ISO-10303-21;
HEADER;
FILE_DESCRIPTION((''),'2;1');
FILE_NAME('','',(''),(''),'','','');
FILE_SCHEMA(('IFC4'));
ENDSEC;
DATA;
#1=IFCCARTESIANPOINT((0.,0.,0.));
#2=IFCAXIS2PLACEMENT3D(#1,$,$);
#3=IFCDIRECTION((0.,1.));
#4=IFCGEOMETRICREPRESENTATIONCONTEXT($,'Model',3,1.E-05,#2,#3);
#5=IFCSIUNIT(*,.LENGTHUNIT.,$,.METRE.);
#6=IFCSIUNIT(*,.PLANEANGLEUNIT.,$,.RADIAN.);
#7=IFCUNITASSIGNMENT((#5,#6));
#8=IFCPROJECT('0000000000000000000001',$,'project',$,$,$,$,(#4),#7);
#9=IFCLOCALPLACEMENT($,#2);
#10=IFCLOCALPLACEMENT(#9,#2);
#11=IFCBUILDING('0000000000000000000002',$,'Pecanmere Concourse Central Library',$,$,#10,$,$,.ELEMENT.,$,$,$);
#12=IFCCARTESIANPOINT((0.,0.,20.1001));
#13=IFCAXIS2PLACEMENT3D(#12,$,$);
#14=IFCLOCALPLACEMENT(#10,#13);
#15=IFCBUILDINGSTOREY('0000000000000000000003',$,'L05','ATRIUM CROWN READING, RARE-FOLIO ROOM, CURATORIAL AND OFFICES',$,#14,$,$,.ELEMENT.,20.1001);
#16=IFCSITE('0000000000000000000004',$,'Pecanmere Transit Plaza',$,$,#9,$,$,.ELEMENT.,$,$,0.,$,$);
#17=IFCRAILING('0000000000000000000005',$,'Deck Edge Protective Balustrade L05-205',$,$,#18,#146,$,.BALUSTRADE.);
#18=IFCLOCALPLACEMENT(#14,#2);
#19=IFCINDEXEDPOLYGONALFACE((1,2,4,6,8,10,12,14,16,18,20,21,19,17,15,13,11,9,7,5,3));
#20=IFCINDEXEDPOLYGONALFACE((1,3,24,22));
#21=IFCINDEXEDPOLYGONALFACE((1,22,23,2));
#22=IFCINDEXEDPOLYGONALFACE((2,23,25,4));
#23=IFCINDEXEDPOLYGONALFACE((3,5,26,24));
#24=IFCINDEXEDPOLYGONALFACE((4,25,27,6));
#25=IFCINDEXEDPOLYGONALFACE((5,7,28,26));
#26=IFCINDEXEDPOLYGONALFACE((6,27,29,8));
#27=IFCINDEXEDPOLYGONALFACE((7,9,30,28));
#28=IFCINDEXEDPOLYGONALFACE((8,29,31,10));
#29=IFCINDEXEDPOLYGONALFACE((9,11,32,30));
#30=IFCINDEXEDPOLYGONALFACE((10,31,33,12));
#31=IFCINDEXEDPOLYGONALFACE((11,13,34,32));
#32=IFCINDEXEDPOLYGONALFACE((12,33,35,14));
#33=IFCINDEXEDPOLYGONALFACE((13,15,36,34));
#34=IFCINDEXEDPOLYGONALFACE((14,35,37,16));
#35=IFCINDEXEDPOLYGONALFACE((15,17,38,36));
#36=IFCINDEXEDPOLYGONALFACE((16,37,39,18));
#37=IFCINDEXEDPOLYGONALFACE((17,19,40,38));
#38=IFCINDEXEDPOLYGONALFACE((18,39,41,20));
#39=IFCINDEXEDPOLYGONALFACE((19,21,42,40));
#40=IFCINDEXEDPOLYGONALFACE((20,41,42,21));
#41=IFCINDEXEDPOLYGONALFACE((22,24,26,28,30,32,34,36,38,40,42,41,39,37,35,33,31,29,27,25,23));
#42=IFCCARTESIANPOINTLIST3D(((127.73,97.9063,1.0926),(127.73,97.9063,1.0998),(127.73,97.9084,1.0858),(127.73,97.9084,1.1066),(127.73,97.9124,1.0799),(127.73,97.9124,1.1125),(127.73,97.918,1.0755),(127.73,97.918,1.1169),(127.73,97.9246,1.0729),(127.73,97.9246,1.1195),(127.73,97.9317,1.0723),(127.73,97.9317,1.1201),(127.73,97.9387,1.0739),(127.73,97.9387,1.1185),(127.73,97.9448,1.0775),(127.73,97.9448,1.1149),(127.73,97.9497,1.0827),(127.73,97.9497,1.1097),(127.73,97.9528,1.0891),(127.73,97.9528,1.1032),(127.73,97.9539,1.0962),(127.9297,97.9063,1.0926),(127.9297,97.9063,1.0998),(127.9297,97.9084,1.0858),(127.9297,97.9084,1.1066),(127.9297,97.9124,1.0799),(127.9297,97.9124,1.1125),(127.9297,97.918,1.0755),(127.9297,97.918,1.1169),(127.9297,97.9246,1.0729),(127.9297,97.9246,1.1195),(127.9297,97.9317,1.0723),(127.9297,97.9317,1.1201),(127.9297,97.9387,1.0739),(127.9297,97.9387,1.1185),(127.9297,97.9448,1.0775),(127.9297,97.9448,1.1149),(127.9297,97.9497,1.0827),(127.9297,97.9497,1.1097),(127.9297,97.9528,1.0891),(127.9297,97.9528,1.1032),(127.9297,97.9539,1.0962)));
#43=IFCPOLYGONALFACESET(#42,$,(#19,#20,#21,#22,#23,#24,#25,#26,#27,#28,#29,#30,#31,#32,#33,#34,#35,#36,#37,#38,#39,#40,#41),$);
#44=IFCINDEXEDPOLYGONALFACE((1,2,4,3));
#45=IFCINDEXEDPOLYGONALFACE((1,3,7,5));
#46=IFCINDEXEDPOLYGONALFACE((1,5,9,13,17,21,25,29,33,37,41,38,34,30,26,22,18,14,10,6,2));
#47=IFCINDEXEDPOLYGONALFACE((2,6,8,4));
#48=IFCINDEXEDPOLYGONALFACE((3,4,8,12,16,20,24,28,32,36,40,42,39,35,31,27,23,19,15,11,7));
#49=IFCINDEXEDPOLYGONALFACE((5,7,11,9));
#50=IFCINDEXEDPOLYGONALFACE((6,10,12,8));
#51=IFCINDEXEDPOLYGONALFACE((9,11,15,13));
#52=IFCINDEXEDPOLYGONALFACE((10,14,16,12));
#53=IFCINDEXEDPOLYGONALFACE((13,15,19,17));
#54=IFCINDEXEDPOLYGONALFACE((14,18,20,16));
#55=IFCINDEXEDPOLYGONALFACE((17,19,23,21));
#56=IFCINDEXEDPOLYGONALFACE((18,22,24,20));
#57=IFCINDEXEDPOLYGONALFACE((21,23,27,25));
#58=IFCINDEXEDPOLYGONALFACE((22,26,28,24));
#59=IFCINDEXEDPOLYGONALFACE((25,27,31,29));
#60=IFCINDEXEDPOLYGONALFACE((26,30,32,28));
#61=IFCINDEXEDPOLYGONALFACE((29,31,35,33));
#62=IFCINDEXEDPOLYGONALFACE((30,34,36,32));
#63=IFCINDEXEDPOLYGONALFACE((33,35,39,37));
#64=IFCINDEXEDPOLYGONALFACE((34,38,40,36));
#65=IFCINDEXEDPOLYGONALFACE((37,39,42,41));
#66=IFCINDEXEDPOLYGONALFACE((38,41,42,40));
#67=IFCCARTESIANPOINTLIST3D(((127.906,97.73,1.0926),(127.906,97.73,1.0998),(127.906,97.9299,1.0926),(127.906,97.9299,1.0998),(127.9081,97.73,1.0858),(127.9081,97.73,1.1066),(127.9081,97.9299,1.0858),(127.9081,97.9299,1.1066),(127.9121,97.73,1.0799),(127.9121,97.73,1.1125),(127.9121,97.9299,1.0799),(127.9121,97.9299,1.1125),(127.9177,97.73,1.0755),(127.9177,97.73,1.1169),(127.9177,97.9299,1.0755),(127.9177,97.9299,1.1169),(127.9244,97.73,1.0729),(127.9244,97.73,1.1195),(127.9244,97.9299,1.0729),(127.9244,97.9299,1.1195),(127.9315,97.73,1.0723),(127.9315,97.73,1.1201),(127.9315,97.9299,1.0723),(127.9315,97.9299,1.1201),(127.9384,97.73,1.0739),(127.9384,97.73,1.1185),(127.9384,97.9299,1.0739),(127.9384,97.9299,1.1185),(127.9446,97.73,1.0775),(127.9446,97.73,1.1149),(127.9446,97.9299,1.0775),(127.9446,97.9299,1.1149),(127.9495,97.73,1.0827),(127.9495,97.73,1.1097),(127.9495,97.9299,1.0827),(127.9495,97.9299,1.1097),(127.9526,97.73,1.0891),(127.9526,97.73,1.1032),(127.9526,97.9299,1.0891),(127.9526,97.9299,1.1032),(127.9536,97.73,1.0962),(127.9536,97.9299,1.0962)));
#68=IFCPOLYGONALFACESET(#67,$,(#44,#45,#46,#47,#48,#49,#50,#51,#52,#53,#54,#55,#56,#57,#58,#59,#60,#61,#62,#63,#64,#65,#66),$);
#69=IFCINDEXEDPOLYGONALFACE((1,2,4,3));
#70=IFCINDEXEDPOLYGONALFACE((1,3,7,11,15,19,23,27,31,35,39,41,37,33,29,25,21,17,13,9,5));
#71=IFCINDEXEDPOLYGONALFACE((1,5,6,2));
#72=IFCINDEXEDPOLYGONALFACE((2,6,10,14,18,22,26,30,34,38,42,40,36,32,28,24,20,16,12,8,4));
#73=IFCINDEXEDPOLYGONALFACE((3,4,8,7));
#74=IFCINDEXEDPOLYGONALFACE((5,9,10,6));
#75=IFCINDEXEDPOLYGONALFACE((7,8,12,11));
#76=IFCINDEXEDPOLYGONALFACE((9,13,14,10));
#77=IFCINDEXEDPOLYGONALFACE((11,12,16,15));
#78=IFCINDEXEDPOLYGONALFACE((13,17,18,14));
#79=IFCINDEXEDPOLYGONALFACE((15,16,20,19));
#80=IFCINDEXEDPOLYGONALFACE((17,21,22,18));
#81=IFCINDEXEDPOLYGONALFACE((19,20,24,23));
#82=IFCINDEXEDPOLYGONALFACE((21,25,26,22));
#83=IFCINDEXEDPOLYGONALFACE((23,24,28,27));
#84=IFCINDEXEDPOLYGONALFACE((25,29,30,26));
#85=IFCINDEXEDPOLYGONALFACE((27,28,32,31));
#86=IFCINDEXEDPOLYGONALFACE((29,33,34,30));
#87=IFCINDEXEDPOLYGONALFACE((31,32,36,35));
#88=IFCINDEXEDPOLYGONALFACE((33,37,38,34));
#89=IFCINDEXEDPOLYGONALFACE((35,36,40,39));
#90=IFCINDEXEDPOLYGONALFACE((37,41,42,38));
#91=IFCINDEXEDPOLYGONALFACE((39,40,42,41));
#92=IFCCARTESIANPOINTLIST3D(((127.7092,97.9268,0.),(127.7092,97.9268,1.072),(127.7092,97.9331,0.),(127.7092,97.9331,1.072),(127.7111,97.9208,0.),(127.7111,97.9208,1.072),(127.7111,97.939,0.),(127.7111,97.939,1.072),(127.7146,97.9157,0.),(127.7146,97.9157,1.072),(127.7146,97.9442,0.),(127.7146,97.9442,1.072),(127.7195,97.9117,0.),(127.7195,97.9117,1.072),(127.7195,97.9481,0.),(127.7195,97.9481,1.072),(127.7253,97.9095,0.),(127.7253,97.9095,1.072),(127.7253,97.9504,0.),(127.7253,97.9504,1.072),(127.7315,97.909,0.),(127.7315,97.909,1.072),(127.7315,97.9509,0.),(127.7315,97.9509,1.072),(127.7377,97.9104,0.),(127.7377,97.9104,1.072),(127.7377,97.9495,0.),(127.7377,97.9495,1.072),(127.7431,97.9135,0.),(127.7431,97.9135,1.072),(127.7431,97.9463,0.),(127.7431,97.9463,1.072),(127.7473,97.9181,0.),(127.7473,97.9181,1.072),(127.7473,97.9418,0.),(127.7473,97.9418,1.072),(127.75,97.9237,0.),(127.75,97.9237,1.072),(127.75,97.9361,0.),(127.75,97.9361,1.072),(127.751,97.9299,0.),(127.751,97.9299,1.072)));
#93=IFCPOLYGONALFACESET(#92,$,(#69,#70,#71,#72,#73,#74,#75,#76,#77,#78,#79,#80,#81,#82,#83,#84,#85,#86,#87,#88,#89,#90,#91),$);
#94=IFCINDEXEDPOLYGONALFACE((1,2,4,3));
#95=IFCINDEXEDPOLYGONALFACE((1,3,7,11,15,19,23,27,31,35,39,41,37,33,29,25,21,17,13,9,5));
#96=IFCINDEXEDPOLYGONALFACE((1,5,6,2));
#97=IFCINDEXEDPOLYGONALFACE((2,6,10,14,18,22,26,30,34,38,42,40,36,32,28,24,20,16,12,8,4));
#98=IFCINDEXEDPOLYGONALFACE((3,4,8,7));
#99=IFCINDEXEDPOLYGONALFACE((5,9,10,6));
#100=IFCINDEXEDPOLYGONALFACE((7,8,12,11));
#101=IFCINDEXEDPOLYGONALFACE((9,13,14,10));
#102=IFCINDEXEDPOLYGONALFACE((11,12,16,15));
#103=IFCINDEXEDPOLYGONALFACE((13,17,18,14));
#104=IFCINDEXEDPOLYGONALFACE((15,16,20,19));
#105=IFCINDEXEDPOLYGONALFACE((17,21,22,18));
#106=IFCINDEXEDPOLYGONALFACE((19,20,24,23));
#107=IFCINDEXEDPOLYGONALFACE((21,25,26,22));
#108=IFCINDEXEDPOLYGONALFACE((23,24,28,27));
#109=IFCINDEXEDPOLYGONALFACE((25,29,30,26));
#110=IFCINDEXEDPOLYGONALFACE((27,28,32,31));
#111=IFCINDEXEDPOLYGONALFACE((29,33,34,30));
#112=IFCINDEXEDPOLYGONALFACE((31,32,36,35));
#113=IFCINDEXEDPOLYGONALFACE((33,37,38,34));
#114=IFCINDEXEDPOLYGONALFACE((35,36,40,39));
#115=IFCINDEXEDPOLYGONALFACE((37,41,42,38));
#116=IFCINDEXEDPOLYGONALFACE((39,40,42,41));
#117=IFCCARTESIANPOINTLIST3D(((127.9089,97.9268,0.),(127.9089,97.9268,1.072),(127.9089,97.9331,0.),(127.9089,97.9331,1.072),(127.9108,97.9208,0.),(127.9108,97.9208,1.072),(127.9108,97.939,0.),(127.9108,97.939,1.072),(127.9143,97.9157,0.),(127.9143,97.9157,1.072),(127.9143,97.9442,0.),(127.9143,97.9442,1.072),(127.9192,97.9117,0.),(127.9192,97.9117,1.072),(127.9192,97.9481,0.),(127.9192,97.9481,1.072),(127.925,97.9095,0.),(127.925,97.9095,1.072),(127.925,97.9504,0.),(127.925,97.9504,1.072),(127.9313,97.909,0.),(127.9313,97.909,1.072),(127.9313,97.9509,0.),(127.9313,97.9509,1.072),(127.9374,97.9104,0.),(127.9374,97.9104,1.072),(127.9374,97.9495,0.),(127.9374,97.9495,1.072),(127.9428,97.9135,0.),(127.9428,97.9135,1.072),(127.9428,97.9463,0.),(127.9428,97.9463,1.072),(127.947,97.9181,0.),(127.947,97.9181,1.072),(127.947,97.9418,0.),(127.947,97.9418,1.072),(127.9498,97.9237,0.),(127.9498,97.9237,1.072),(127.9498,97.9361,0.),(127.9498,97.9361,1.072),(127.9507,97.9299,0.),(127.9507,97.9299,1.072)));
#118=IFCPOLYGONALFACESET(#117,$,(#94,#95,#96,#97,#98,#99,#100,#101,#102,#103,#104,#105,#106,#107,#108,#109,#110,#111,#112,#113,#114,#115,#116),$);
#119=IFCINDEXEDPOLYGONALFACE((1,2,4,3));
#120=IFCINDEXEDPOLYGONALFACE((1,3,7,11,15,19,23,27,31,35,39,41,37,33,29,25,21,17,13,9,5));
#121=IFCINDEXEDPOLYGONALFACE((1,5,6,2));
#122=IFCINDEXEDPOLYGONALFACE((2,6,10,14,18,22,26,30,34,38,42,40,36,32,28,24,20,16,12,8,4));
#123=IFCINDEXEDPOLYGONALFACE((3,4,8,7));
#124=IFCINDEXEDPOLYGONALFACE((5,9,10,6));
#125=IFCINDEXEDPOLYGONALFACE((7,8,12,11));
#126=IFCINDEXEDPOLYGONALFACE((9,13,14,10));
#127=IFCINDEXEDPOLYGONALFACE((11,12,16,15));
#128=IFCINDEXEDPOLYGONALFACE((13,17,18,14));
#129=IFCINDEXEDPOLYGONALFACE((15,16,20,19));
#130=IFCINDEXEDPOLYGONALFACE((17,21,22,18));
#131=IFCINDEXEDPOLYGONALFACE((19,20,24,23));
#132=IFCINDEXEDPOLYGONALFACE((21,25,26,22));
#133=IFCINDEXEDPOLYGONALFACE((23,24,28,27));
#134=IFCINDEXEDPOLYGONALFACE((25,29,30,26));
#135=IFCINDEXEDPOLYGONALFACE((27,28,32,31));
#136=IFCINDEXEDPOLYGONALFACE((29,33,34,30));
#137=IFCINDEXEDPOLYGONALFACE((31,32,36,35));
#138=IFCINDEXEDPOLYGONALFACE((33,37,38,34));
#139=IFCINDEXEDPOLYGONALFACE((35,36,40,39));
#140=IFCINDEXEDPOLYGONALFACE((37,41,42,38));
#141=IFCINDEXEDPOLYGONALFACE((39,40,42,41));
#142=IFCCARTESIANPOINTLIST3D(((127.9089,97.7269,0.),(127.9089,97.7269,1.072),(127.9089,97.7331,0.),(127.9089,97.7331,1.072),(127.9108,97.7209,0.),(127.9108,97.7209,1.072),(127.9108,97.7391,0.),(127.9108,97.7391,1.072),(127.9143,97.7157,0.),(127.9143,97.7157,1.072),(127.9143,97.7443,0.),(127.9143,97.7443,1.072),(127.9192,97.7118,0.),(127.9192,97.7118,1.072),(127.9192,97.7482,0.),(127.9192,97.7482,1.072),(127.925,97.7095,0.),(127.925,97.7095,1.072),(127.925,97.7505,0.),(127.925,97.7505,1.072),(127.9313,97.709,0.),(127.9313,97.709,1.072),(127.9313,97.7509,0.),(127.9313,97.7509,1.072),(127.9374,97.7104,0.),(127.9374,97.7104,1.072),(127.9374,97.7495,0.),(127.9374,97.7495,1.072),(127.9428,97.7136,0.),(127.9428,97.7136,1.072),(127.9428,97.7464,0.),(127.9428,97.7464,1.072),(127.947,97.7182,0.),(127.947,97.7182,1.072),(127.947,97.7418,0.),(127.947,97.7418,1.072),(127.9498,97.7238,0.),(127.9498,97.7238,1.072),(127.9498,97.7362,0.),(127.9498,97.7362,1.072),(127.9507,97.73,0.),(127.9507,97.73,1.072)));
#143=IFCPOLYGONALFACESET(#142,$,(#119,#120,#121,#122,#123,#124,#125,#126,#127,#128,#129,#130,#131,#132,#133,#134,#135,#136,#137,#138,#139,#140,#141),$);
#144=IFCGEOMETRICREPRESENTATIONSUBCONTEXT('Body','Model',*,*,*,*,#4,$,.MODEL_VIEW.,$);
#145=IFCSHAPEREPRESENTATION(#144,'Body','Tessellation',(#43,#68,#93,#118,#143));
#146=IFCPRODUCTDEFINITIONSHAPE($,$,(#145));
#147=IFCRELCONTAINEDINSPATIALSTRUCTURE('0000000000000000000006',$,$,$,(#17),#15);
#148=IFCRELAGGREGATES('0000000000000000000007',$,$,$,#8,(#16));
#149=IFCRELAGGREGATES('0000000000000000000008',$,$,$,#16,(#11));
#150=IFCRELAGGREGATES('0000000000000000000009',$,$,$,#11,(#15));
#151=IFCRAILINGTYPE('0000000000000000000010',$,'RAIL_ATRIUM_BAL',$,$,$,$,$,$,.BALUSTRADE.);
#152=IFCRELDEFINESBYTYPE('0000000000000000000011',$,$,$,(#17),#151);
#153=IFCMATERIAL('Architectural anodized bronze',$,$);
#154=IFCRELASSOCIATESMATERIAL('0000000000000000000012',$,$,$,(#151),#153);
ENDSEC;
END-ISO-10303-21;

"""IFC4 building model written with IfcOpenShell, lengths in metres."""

from ifc_helpers import new_model, si_unit, direction, frame, origin, origin_2d, place, context, subcontext, project, spatial, circle, extrude, material, type_object, element, save


model = new_model("IFC4")

# Units and contexts
model_context = context("Model", 3, precision=1e-05, world=origin(), true_north=direction((0.0, 1.0)))
body_context = subcontext(model_context, "Body", "Model", "MODEL_VIEW")
ifc_project = project(units=[si_unit("LENGTHUNIT", "METRE"), si_unit("PLANEANGLEUNIT", "RADIAN")], contexts=[model_context])

# Site, building, storey
site_placement = place(None, origin())
site = spatial("IfcSite", under=ifc_project, at=site_placement, Name="Pecanmere Transit Plaza", CompositionType="ELEMENT", RefElevation=0.0)
building_placement = place(site_placement, origin())
building = spatial("IfcBuilding", under=site, at=building_placement, Name="Pecanmere Concourse Central Library", CompositionType="ELEMENT")
storey_placement = place(building_placement, frame((0.0, 0.0, 20.1001)))
storey = spatial("IfcBuildingStorey", under=building, at=storey_placement, Name="L05", Description="ATRIUM CROWN READING, RARE-FOLIO ROOM, CURATORIAL AND OFFICES", CompositionType="ELEMENT", Elevation=20.1001)

# Railing
ifc_material_1 = material(Name="Architectural anodized bronze")
railing_type = type_object("IfcRailingType", Name="RAIL_ATRIUM_BAL", PredefinedType="BALUSTRADE", material=ifc_material_1)
railing_1_placement = place(storey_placement, frame((127.73, 97.9299, 0.0)))
element("IfcRailing", 1, at=railing_1_placement, inside=storey, type_object=railing_type, Name="Deck Edge Protective Balustrade L05-205", PredefinedType="BALUSTRADE", context=body_context, shape_type="SweptSolid", body=[
    extrude(circle(Radius=0.0239, at=origin_2d()), frame((0.0, 0.0, 1.0962), z_axis=(1.0, 0.0, 0.0), x_axis=(0.0, 1.0, 0.0)), (0.0, 0.0, 1.0), 0.1997),
    extrude(circle(Radius=0.0239, at=origin_2d()), frame((0.1997, 0.0, 1.0962), z_axis=(0.0, -1.0, 0.0), x_axis=(1.0, 0.0, 0.0)), (0.0, 0.0, 1.0), 0.2),
    extrude(circle(Radius=0.021, at=origin_2d()), origin(), (0.0, 0.0, 1.0), 1.072),
    extrude(circle(Radius=0.021, at=origin_2d()), frame((0.1997, 0.0, 0.0)), (0.0, 0.0, 1.0), 1.072),
    extrude(circle(Radius=0.021, at=origin_2d()), frame((0.1997, -0.2, 0.0)), (0.0, 0.0, 1.0), 1.072),
])

save(model, "model.ifc")
